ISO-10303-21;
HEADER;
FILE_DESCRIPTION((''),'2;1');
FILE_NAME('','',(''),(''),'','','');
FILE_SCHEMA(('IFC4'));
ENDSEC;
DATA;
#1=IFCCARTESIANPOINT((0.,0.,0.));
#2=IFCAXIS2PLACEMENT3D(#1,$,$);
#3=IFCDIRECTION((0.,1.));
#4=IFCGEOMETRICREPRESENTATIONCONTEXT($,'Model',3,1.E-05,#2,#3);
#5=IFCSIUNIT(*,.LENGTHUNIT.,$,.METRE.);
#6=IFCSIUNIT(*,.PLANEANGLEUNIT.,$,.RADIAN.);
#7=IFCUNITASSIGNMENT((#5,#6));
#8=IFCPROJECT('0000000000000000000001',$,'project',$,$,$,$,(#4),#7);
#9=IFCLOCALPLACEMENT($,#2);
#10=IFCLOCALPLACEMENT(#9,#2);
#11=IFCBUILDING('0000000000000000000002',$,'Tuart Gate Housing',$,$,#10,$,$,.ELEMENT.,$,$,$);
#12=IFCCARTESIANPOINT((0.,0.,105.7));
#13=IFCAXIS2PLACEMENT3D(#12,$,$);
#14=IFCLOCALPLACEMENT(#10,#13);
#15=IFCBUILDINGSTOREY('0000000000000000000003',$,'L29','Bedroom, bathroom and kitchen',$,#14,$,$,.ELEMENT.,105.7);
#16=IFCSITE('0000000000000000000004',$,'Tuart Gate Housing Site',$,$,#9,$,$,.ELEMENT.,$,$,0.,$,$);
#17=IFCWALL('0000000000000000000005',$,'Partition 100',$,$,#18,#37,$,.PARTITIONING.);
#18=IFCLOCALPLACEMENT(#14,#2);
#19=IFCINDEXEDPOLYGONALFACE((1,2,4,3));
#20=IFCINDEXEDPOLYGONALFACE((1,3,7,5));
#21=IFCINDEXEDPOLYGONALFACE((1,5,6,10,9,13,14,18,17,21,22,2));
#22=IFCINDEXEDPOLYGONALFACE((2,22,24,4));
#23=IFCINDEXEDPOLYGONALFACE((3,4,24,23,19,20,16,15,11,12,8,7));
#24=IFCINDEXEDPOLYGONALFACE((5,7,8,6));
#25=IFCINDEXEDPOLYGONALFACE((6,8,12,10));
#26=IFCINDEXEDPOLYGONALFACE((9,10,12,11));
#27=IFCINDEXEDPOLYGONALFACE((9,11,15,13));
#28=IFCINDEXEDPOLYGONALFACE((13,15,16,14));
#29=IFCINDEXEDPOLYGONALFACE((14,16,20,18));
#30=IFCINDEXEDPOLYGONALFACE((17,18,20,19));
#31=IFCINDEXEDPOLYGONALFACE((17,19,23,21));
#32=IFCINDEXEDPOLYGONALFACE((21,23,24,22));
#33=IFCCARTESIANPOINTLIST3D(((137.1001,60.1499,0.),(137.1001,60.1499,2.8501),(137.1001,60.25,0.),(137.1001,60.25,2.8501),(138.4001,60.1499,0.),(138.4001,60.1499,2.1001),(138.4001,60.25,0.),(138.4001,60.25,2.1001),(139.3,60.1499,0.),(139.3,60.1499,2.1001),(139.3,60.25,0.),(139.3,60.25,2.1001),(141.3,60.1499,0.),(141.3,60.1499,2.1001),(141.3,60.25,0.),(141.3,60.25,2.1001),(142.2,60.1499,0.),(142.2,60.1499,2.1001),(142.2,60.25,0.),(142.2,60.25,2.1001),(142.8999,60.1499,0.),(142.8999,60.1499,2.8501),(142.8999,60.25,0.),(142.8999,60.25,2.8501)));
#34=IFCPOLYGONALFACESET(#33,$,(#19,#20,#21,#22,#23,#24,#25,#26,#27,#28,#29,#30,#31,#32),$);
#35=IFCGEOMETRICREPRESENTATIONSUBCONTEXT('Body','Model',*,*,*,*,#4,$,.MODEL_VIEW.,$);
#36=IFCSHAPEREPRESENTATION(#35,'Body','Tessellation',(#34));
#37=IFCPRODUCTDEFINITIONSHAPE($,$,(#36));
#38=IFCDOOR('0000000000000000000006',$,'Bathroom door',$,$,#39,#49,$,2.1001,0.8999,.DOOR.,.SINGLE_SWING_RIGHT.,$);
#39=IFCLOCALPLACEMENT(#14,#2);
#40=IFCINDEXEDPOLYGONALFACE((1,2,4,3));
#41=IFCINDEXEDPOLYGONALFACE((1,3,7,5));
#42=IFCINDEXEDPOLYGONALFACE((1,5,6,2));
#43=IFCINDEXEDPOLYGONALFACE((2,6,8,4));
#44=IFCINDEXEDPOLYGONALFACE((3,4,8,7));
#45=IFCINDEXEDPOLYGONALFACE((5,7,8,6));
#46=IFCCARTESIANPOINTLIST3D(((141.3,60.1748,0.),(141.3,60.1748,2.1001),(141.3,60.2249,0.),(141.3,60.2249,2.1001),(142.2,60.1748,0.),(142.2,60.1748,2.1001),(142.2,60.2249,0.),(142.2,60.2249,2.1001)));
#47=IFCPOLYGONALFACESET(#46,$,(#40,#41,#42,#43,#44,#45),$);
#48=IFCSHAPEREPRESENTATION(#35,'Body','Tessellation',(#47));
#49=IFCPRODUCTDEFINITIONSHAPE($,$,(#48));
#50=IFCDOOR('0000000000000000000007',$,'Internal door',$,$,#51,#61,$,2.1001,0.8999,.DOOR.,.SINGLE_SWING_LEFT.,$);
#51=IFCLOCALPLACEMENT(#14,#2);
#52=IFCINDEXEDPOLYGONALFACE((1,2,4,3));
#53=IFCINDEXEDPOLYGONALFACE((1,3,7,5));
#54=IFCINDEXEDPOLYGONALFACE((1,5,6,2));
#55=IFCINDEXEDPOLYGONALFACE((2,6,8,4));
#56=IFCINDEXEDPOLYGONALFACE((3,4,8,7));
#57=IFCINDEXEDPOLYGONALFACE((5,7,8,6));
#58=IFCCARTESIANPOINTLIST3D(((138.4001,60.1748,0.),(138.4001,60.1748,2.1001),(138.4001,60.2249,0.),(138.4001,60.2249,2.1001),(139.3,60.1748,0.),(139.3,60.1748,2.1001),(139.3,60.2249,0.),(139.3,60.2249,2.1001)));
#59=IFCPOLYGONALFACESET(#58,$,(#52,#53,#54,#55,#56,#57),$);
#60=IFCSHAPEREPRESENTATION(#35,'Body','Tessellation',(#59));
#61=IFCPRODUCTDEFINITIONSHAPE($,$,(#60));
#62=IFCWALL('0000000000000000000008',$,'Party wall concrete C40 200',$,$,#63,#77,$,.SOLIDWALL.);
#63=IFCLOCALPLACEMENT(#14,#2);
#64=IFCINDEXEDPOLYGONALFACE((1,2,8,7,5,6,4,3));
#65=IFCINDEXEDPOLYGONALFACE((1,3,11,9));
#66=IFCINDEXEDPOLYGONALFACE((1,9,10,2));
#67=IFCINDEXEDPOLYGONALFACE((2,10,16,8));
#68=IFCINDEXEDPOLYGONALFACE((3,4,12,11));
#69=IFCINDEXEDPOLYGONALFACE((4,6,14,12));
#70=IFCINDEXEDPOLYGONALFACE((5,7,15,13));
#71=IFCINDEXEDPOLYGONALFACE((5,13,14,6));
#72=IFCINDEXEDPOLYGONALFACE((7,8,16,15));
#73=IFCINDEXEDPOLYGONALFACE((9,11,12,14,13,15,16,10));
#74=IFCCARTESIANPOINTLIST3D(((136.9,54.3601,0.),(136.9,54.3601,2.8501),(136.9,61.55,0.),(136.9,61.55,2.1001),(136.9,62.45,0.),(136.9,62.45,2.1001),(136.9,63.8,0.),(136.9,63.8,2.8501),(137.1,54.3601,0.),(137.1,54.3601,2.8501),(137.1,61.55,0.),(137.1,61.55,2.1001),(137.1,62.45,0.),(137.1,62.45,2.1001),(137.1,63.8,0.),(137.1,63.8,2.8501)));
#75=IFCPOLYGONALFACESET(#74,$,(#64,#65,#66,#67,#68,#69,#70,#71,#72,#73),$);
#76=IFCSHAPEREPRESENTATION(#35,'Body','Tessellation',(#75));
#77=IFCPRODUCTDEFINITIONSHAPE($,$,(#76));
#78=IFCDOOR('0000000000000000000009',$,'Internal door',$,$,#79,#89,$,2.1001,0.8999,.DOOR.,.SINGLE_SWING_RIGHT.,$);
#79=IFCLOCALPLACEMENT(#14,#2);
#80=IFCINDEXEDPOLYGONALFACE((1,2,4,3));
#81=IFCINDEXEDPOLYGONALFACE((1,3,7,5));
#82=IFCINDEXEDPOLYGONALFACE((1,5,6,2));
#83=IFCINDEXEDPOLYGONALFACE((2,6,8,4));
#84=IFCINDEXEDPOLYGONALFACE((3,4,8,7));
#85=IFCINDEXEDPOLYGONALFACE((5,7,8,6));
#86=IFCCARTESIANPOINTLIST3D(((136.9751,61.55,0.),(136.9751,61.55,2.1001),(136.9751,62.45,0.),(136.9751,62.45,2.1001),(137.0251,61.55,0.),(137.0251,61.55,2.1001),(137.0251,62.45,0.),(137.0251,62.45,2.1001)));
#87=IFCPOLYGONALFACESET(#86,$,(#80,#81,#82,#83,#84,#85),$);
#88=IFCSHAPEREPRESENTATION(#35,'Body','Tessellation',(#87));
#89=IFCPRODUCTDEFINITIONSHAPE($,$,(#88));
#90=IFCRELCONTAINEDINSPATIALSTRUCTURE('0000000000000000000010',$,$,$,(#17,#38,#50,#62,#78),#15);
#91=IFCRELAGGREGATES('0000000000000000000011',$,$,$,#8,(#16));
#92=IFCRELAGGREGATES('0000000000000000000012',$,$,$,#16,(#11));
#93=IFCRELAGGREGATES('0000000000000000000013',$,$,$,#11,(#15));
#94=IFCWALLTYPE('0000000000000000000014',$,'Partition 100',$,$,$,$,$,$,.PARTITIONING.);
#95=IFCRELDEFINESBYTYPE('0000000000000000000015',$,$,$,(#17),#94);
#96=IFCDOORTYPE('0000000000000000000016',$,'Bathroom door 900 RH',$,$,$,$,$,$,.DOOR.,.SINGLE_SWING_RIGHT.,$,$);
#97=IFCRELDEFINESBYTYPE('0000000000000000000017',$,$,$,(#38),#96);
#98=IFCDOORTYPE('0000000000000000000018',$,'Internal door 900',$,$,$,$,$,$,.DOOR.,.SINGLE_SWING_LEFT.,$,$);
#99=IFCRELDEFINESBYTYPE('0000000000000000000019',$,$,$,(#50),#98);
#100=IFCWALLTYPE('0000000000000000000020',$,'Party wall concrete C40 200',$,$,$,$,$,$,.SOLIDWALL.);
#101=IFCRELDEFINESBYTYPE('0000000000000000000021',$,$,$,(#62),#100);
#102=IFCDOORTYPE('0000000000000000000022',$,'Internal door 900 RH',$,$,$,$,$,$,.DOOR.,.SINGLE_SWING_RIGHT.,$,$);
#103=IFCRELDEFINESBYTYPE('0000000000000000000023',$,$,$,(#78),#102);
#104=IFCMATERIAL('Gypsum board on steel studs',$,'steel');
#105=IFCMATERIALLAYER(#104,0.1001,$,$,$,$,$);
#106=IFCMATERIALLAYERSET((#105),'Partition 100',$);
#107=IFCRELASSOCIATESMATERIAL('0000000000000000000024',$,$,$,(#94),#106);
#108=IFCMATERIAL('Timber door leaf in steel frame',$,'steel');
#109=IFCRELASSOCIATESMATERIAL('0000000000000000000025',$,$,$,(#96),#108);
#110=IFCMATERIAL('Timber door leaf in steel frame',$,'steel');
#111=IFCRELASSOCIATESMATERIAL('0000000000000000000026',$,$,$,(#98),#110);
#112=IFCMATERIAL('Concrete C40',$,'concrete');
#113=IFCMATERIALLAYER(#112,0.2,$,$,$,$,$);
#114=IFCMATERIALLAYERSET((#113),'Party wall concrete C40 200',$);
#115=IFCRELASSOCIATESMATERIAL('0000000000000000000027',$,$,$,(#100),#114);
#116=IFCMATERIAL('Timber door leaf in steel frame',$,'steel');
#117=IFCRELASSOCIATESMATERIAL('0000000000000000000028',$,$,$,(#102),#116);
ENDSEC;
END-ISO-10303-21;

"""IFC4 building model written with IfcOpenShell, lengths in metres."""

from ifc_helpers import new_model, si_unit, direction, frame, frame_2d, origin, place, context, subcontext, project, spatial, rectangle, extrude, material, layer, layer_set, type_object, element, fill, save


model = new_model("IFC4")

# Units and contexts
model_context = context("Model", 3, precision=1e-05, world=origin(), true_north=direction((0.0, 1.0)))
body_context = subcontext(model_context, "Body", "Model", "MODEL_VIEW")
ifc_project = project(units=[si_unit("LENGTHUNIT", "METRE"), si_unit("PLANEANGLEUNIT", "RADIAN")], contexts=[model_context])

# Site, building, storey
site_placement = place(None, origin())
site = spatial("IfcSite", under=ifc_project, at=site_placement, Name="Tuart Gate Housing Site", CompositionType="ELEMENT", RefElevation=0.0)
building_placement = place(site_placement, origin())
building = spatial("IfcBuilding", under=site, at=building_placement, Name="Tuart Gate Housing", CompositionType="ELEMENT")
storey_placement = place(building_placement, frame((0.0, 0.0, 105.7)))
storey = spatial("IfcBuildingStorey", under=building, at=storey_placement, Name="L29", Description="Bedroom, bathroom and kitchen", CompositionType="ELEMENT", Elevation=105.7)

# Wall, openings, doors
ifc_material_1 = material(Name="Gypsum board on steel studs", Category="steel")
ifc_layer_1 = layer(ifc_material_1, 0.1001)
ifc_layer_set_1 = layer_set([ifc_layer_1], Name="Partition 100")
wall_type_1 = type_object("IfcWallType", Name="Partition 100", PredefinedType="PARTITIONING", material=ifc_layer_set_1)
wall_1_placement = place(storey_placement, frame((137.1001, 60.2, 0.0), z_axis=(0.0, 0.0, 1.0), x_axis=(1.0, 0.0, 0.0)))
wall_1 = element("IfcWall", 1, at=wall_1_placement, inside=storey, type_object=wall_type_1, Name="Partition 100", PredefinedType="PARTITIONING", context=body_context, shape_type="SweptSolid", body=[
    extrude(rectangle(XDim=5.7998, YDim=0.1001, at=frame_2d((2.8999, 0.0))), origin(), (0.0, 0.0, 1.0), 2.8501),
])
opening_1_placement = place(wall_1_placement, frame((1.3, 0.0, 0.0)))
opening_1 = element("IfcOpeningElement", 2, at=opening_1_placement, cuts=wall_1, PredefinedType="OPENING", context=body_context, shape_type="SweptSolid", body=[
    extrude(rectangle(XDim=0.8999, YDim=2.1001, at=frame_2d((0.45, 1.05))), frame((0.0, 0.0601, 0.0), z_axis=(0.0, -1.0, 0.0), x_axis=(1.0, 0.0, 0.0)), (0.0, 0.0, 1.0), 0.1201),
])
opening_2_placement = place(wall_1_placement, frame((4.2, 0.0, 0.0)))
opening_2 = element("IfcOpeningElement", 3, at=opening_2_placement, cuts=wall_1, PredefinedType="OPENING", context=body_context, shape_type="SweptSolid", body=[
    extrude(rectangle(XDim=0.8999, YDim=2.1001, at=frame_2d((0.45, 1.05))), frame((0.0, 0.0601, 0.0), z_axis=(0.0, -1.0, 0.0), x_axis=(1.0, 0.0, 0.0)), (0.0, 0.0, 1.0), 0.1201),
])
ifc_material_2 = material(Name="Timber door leaf in steel frame", Category="steel")
door_type_1 = type_object("IfcDoorType", Name="Bathroom door 900 RH", OperationType="SINGLE_SWING_RIGHT", PredefinedType="DOOR", material=ifc_material_2)
door_1_placement = place(opening_2_placement, frame((0.8999, 0.0, 0.0), z_axis=(0.0, 0.0, 1.0), x_axis=(-1.0, 0.0, 0.0)))
door_1 = element("IfcDoor", 4, at=door_1_placement, inside=storey, type_object=door_type_1, Name="Bathroom door", OperationType="SINGLE_SWING_RIGHT", OverallHeight=2.1001, OverallWidth=0.8999, PredefinedType="DOOR", context=body_context, shape_type="SweptSolid", body=[
    extrude(rectangle(XDim=0.8999, YDim=2.1001, at=frame_2d((0.45, 1.05))), frame((0.0, 0.0251, 0.0), z_axis=(0.0, -1.0, 0.0), x_axis=(1.0, 0.0, 0.0)), (0.0, 0.0, 1.0), 0.05),
])
fill(opening_2, door_1)
ifc_material_3 = material(Name="Timber door leaf in steel frame", Category="steel")
door_type_2 = type_object("IfcDoorType", Name="Internal door 900", OperationType="SINGLE_SWING_LEFT", PredefinedType="DOOR", material=ifc_material_3)
door_2_placement = place(opening_1_placement, frame((0.8999, 0.0, 0.0), z_axis=(0.0, 0.0, 1.0), x_axis=(-1.0, 0.0, 0.0)))
door_2 = element("IfcDoor", 5, at=door_2_placement, inside=storey, type_object=door_type_2, Name="Internal door", OperationType="SINGLE_SWING_LEFT", OverallHeight=2.1001, OverallWidth=0.8999, PredefinedType="DOOR", context=body_context, shape_type="SweptSolid", body=[
    extrude(rectangle(XDim=0.8999, YDim=2.1001, at=frame_2d((0.45, 1.05))), frame((0.0, 0.0251, 0.0), z_axis=(0.0, -1.0, 0.0), x_axis=(1.0, 0.0, 0.0)), (0.0, 0.0, 1.0), 0.05),
])
fill(opening_1, door_2)

# Wall, opening, door
ifc_material_4 = material(Name="Concrete C40", Category="concrete")
ifc_layer_2 = layer(ifc_material_4, 0.2)
ifc_layer_set_2 = layer_set([ifc_layer_2], Name="Party wall concrete C40 200")
wall_type_2 = type_object("IfcWallType", Name="Party wall concrete C40 200", PredefinedType="SOLIDWALL", material=ifc_layer_set_2)
wall_2_placement = place(storey_placement, frame((137.0, 54.3601, 0.0), z_axis=(0.0, 0.0, 1.0), x_axis=(0.0, 1.0, 0.0)))
wall_2 = element("IfcWall", 6, at=wall_2_placement, inside=storey, type_object=wall_type_2, Name="Party wall concrete C40 200", PredefinedType="SOLIDWALL", context=body_context, shape_type="SweptSolid", body=[
    extrude(rectangle(XDim=9.4399, YDim=0.2, at=frame_2d((4.72, 0.0))), origin(), (0.0, 0.0, 1.0), 2.8501),
])
opening_3_placement = place(wall_2_placement, frame((7.1899, 0.0, 0.0)))
opening_3 = element("IfcOpeningElement", 7, at=opening_3_placement, cuts=wall_2, PredefinedType="OPENING", context=body_context, shape_type="SweptSolid", body=[
    extrude(rectangle(XDim=0.8999, YDim=2.1001, at=frame_2d((0.45, 1.05))), frame((0.0, 0.1099, 0.0), z_axis=(0.0, -1.0, 0.0), x_axis=(1.0, 0.0, 0.0)), (0.0, 0.0, 1.0), 0.22),
])
ifc_material_5 = material(Name="Timber door leaf in steel frame", Category="steel")
door_type_3 = type_object("IfcDoorType", Name="Internal door 900 RH", OperationType="SINGLE_SWING_RIGHT", PredefinedType="DOOR", material=ifc_material_5)
door_3_placement = place(opening_3_placement, frame((0.8999, 0.0, 0.0), z_axis=(0.0, 0.0, 1.0), x_axis=(-1.0, 0.0, 0.0)))
door_3 = element("IfcDoor", 8, at=door_3_placement, inside=storey, type_object=door_type_3, Name="Internal door", OperationType="SINGLE_SWING_RIGHT", OverallHeight=2.1001, OverallWidth=0.8999, PredefinedType="DOOR", context=body_context, shape_type="SweptSolid", body=[
    extrude(rectangle(XDim=0.8999, YDim=2.1001, at=frame_2d((0.45, 1.05))), frame((0.0, 0.0251, 0.0), z_axis=(0.0, -1.0, 0.0), x_axis=(1.0, 0.0, 0.0)), (0.0, 0.0, 1.0), 0.05),
])
fill(opening_3, door_3)

save(model, "model.ifc")
